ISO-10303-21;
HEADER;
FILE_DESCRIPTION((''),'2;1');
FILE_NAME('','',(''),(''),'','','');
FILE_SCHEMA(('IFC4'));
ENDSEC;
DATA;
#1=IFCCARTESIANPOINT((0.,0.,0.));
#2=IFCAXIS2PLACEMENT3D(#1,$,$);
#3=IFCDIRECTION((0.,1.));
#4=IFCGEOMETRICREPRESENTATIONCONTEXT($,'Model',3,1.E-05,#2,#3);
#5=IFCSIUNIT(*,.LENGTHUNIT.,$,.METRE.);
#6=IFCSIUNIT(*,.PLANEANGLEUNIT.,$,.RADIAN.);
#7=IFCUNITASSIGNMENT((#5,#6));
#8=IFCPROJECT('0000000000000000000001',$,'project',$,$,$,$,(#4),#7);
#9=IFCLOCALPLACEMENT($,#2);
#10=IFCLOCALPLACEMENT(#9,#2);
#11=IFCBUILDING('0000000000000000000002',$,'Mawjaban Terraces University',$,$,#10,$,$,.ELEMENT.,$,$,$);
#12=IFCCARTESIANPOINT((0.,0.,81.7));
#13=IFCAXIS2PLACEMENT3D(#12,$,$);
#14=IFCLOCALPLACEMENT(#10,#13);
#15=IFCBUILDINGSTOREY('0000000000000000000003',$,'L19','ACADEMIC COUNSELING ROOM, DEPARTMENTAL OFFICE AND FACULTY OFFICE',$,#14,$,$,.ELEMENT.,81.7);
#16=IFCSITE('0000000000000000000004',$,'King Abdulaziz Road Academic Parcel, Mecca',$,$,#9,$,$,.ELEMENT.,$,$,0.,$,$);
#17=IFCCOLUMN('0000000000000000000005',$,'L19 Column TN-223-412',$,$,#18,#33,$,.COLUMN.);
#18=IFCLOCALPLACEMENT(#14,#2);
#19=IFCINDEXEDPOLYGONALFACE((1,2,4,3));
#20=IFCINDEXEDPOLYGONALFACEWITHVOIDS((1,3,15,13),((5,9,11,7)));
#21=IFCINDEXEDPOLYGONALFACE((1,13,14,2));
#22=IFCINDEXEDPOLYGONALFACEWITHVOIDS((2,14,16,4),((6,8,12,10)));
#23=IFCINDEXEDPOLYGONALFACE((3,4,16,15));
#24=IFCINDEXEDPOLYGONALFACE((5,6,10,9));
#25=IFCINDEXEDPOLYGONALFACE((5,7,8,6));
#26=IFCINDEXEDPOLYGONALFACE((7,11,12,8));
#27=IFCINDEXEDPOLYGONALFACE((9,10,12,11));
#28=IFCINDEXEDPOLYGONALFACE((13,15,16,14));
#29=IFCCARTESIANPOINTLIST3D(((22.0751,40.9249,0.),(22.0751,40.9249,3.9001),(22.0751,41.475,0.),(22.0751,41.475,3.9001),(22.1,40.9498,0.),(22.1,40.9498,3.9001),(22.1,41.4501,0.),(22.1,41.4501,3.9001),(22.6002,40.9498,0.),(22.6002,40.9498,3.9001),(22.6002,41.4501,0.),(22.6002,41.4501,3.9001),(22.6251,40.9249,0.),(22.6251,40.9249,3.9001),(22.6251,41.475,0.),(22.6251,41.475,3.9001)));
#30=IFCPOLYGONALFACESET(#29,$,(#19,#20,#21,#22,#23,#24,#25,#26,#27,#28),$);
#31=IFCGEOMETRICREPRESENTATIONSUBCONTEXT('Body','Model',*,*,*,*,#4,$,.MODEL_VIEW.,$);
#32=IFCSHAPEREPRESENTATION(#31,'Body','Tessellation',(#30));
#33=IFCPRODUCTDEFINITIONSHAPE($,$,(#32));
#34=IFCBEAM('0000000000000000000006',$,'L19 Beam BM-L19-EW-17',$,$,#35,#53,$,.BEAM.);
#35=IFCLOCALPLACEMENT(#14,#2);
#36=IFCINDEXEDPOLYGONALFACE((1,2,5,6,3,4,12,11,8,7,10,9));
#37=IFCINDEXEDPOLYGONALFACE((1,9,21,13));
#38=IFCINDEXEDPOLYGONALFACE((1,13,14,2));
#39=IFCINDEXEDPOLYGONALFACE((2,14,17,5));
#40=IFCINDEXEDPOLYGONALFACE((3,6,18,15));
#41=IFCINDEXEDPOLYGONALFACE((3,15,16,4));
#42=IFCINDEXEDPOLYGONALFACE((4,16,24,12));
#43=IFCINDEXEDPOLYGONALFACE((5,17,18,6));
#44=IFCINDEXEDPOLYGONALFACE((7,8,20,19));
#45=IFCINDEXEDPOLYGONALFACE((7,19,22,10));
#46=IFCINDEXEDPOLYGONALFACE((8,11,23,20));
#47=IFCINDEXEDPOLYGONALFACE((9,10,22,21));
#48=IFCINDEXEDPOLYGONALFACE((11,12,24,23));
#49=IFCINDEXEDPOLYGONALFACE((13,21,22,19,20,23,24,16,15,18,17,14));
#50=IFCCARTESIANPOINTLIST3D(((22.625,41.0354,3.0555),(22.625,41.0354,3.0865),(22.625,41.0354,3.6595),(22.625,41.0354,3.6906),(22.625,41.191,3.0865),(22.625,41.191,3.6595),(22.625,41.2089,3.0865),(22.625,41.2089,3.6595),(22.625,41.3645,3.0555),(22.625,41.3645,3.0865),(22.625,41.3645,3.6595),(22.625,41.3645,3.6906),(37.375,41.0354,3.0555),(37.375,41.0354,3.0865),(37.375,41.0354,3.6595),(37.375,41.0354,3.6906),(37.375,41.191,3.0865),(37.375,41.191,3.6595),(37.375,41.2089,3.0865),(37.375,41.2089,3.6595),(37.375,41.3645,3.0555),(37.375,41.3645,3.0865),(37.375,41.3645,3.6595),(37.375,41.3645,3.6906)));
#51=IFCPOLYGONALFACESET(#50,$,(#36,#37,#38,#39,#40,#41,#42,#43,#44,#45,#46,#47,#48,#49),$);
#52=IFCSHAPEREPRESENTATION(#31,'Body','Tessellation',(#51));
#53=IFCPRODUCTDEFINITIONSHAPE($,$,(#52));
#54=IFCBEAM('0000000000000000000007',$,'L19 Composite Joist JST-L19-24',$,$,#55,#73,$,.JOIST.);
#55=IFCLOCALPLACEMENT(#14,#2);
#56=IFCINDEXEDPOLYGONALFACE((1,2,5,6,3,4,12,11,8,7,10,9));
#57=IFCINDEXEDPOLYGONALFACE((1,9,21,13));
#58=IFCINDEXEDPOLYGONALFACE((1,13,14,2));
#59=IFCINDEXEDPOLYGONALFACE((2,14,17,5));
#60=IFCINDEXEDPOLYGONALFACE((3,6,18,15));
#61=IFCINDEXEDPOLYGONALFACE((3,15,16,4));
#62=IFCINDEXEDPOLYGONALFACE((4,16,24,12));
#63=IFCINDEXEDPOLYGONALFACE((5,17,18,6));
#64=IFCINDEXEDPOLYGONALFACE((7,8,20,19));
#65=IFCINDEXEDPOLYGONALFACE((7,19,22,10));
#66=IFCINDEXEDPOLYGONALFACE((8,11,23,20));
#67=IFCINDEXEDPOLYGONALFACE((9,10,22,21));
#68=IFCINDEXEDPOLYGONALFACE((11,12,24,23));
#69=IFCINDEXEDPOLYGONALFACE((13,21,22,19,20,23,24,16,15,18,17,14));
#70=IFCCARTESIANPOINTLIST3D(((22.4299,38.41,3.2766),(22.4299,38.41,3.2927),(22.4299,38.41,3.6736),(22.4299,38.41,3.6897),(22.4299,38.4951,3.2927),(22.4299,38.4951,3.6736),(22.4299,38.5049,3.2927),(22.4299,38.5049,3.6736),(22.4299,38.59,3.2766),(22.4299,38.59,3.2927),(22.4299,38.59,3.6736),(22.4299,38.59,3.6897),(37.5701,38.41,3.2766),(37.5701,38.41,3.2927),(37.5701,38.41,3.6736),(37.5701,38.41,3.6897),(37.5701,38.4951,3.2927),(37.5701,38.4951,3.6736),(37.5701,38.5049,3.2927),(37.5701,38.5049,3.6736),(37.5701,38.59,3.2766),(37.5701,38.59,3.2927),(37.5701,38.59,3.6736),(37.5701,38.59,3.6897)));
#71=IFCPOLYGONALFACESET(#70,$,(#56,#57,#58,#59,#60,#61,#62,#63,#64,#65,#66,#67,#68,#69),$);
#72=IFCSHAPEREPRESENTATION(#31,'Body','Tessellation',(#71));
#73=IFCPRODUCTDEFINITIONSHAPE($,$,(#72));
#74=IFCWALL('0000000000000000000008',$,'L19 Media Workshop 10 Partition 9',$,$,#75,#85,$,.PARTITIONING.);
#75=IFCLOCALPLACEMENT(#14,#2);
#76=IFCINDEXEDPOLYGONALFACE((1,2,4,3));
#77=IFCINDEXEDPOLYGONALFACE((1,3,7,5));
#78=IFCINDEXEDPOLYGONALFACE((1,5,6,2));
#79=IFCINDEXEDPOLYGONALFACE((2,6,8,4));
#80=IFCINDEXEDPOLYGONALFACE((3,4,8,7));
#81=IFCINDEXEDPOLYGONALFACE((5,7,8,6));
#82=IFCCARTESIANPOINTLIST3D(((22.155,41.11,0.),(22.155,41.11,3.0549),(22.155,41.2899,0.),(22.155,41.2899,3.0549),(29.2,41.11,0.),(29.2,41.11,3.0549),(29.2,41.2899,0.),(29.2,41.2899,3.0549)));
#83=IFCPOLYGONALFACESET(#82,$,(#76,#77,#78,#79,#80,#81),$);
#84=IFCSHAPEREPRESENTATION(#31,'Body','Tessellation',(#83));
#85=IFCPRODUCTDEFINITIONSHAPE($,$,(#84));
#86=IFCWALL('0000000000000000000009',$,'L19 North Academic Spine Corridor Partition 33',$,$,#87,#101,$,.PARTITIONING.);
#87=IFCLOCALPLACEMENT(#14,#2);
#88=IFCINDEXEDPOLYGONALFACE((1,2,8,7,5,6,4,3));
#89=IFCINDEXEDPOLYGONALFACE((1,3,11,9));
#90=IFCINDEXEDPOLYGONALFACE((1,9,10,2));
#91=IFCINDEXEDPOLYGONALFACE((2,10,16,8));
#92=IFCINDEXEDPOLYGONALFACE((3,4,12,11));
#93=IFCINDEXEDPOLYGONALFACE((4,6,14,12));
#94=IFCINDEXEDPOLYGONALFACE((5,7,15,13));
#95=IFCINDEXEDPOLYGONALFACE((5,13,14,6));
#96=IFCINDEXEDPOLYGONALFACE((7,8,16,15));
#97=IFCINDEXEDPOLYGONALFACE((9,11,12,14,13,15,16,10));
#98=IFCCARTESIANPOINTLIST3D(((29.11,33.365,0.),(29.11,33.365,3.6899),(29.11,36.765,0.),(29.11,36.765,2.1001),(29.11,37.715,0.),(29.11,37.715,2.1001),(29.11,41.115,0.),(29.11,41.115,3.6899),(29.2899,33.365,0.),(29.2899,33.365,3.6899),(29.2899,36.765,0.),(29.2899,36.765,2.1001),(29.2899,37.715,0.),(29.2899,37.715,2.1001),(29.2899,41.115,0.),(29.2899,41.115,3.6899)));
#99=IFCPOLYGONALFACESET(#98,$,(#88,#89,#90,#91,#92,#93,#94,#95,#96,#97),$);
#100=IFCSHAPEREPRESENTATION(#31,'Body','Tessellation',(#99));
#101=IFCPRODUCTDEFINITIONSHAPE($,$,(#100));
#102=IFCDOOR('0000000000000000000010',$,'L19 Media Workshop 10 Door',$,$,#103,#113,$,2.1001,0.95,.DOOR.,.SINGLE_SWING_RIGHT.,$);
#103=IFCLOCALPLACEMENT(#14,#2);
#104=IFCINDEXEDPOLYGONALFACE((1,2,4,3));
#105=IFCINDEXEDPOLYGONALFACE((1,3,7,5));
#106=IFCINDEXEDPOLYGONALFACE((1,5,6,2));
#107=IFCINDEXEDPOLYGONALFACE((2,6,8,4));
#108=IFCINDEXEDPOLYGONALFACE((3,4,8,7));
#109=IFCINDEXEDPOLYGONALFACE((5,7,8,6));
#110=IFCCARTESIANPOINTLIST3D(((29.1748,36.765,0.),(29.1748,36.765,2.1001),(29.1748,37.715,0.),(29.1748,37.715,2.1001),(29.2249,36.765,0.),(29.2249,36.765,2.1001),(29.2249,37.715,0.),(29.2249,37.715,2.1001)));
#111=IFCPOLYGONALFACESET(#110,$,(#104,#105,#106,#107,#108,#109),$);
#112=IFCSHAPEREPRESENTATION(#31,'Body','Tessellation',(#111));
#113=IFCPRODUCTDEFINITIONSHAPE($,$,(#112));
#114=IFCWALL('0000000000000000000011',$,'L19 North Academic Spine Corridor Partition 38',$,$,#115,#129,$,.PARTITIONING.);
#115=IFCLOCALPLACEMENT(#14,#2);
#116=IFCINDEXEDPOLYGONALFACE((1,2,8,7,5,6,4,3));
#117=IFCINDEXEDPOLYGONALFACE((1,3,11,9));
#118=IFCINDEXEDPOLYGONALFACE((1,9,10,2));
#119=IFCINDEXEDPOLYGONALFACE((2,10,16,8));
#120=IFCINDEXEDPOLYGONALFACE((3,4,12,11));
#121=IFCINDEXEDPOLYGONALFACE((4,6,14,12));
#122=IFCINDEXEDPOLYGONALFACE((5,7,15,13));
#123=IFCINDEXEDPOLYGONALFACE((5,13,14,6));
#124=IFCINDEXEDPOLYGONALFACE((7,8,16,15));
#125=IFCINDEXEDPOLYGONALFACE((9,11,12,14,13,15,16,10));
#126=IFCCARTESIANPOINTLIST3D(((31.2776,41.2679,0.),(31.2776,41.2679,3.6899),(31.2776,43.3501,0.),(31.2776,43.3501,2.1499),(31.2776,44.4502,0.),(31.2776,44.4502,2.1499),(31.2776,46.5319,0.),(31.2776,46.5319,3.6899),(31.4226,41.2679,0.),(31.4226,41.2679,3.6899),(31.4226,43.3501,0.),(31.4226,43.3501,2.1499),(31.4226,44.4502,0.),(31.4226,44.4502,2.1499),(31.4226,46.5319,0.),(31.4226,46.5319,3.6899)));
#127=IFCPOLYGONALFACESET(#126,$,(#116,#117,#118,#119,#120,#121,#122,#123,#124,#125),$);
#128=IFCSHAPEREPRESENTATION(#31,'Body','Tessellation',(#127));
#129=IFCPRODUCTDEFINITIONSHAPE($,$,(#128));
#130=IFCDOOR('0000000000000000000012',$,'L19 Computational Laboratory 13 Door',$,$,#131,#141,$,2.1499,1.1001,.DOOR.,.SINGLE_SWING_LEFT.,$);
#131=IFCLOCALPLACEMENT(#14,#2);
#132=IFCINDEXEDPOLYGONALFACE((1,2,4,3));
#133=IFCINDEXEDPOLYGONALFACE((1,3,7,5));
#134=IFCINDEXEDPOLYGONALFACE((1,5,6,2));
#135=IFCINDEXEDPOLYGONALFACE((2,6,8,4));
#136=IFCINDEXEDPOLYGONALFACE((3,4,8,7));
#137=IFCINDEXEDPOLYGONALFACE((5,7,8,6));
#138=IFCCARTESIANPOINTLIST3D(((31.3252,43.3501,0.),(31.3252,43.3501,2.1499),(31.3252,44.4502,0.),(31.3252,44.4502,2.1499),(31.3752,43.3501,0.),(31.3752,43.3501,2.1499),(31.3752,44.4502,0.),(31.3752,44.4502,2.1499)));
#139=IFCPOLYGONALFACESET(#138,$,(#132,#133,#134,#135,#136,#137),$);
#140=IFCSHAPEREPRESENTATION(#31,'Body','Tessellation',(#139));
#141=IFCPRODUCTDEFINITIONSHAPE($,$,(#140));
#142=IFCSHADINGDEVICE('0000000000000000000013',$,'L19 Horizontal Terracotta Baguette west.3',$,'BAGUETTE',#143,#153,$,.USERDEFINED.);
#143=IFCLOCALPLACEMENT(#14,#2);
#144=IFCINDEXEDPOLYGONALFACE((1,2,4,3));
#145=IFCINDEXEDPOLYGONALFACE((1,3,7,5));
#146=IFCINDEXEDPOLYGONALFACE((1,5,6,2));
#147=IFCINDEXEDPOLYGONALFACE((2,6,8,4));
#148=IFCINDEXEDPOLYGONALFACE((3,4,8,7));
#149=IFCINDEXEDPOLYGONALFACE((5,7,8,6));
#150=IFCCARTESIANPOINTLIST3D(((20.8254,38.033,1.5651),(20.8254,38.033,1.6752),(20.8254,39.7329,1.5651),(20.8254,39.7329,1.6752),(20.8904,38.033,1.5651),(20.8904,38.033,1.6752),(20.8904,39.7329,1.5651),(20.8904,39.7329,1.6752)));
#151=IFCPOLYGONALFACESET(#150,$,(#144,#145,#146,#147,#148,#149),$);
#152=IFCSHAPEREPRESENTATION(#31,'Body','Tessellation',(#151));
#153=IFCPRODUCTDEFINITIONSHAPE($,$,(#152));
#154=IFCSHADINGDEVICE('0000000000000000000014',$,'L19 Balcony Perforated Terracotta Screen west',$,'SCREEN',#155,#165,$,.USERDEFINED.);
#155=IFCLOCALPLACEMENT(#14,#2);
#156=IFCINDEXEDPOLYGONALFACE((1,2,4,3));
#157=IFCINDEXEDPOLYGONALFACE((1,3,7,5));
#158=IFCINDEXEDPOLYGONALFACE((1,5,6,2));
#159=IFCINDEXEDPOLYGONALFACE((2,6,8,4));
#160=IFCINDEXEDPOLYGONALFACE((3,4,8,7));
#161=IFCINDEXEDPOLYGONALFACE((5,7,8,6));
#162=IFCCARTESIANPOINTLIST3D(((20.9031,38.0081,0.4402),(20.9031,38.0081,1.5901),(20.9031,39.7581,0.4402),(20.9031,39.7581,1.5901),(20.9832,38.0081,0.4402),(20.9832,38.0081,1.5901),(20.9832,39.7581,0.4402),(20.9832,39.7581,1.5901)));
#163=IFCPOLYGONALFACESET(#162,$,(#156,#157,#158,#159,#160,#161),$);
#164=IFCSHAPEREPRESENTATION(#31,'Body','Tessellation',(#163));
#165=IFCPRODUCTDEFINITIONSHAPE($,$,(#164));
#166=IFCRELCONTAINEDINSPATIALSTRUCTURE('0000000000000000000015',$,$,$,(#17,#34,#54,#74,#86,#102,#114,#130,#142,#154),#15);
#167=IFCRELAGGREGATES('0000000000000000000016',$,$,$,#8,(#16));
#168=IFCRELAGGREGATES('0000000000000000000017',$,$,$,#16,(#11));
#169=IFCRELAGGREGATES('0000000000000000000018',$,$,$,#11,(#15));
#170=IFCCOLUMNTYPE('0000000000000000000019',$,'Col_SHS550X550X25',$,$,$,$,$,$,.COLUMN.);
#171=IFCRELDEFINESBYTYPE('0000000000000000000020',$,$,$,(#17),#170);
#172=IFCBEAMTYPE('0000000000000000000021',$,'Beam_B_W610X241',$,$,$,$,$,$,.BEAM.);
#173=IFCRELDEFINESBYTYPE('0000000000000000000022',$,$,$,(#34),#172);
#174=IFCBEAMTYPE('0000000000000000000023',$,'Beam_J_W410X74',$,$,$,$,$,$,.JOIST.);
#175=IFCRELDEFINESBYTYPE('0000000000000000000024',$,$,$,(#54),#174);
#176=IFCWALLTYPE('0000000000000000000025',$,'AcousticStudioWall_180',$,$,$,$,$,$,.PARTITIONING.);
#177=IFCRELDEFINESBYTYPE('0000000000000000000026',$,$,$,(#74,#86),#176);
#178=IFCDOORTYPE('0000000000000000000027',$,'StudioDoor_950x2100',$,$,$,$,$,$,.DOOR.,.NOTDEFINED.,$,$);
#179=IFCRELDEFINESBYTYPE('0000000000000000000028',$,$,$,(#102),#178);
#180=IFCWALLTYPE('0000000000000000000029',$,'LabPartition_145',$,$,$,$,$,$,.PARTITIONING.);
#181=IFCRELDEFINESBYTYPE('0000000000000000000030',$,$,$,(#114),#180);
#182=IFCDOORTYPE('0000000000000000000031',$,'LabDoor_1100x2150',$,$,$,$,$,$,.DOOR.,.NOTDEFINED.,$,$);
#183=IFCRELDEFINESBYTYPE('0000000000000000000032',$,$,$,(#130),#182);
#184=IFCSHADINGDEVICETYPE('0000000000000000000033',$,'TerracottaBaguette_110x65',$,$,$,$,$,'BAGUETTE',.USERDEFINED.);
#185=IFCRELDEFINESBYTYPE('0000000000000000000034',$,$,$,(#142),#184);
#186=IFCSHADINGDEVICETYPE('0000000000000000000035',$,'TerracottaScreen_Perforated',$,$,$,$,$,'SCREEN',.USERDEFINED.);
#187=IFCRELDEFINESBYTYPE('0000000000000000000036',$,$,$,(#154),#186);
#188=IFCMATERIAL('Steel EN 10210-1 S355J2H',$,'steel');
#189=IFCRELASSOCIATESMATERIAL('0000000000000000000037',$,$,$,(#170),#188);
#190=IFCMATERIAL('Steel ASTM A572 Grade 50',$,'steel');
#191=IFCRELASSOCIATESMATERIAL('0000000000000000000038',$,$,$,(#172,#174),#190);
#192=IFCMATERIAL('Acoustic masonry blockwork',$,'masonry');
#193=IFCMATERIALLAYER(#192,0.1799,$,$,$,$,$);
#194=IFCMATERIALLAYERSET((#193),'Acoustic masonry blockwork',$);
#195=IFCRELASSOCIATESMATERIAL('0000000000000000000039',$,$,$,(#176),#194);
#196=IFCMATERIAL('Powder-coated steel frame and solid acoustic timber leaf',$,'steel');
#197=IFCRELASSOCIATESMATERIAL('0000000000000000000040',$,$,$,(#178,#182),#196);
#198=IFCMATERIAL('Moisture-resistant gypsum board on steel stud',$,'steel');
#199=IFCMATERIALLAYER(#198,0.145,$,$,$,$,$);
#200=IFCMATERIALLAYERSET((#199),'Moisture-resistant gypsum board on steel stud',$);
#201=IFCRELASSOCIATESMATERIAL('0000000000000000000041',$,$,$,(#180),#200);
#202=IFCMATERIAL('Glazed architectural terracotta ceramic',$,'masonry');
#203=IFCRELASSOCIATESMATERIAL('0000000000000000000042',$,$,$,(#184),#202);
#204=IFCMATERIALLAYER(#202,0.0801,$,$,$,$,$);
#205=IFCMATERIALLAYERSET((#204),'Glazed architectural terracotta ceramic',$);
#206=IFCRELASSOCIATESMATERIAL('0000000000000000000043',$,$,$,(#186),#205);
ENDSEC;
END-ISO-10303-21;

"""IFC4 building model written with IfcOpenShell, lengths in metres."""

from ifc_helpers import new_model, si_unit, direction, frame, frame_2d, origin, origin_2d, place, context, subcontext, project, spatial, rectangle, hollow_rectangle, i_section, extrude, material, layer, layer_set, material_profile, profile_set, type_object, element, fill, save


model = new_model("IFC4")

# Units and contexts
model_context = context("Model", 3, precision=1e-05, world=origin(), true_north=direction((0.0, 1.0)))
body_context = subcontext(model_context, "Body", "Model", "MODEL_VIEW")
ifc_project = project(units=[si_unit("LENGTHUNIT", "METRE"), si_unit("PLANEANGLEUNIT", "RADIAN")], contexts=[model_context])

# Site, building, storey
site_placement = place(None, origin())
site = spatial("IfcSite", under=ifc_project, at=site_placement, Name="King Abdulaziz Road Academic Parcel, Mecca", CompositionType="ELEMENT", RefElevation=0.0)
building_placement = place(site_placement, origin())
building = spatial("IfcBuilding", under=site, at=building_placement, Name="Mawjaban Terraces University", CompositionType="ELEMENT")
storey_placement = place(building_placement, frame((0.0, 0.0, 81.7)))
storey = spatial("IfcBuildingStorey", under=building, at=storey_placement, Name="L19", Description="ACADEMIC COUNSELING ROOM, DEPARTMENTAL OFFICE AND FACULTY OFFICE", CompositionType="ELEMENT", Elevation=81.7)

# Column
ifc_material_1 = material(Name="Steel EN 10210-1 S355J2H", Category="steel")
ifc_material_profile_1 = material_profile(ifc_material_1, hollow_rectangle(XDim=0.55, YDim=0.55, WallThickness=0.0249, at=origin_2d()), Name="SHS550X550X25")
ifc_profile_set_1 = profile_set([ifc_material_profile_1], Name="Steel EN 10210-1 S355J2H")
column_type = type_object("IfcColumnType", Name="Col_SHS550X550X25", PredefinedType="COLUMN", material=ifc_profile_set_1)
column_placement = place(storey_placement, frame((22.3501, 41.2, 0.0), z_axis=(0.0, 0.0, 1.0), x_axis=(1.0, 0.0, 0.0)))
element("IfcColumn", 1, at=column_placement, inside=storey, type_object=column_type, Name="L19 Column TN-223-412", PredefinedType="COLUMN", context=body_context, shape_type="SweptSolid", body=[
    extrude(hollow_rectangle(XDim=0.55, YDim=0.55, WallThickness=0.0249, at=origin_2d()), origin(), (0.0, 0.0, 1.0), 3.9001),
])

# Beams
ifc_material_2 = material(Name="Steel ASTM A572 Grade 50", Category="steel")
ifc_material_profile_2 = material_profile(ifc_material_2, i_section(OverallWidth=0.3291, OverallDepth=0.635, WebThickness=0.0178, FlangeThickness=0.031, at=origin_2d()), Name="W610X241")
ifc_profile_set_2 = profile_set([ifc_material_profile_2], Name="Steel ASTM A572 Grade 50")
beam_type_1 = type_object("IfcBeamType", Name="Beam_B_W610X241", PredefinedType="BEAM", material=ifc_profile_set_2)
beam_1_placement = place(storey_placement, frame((22.625, 41.2, 3.373), z_axis=(1.0, 0.0, 0.0), x_axis=(0.0, 1.0, 0.0)))
element("IfcBeam", 2, at=beam_1_placement, inside=storey, type_object=beam_type_1, Name="L19 Beam BM-L19-EW-17", PredefinedType="BEAM", context=body_context, shape_type="SweptSolid", body=[
    extrude(i_section(OverallWidth=0.3291, OverallDepth=0.635, WebThickness=0.0178, FlangeThickness=0.031, at=origin_2d()), origin(), (0.0, 0.0, 1.0), 14.75),
])
ifc_material_profile_3 = material_profile(ifc_material_2, i_section(OverallWidth=0.1799, OverallDepth=0.4131, WebThickness=0.0098, FlangeThickness=0.0161, at=origin_2d()), Name="W410X74")
ifc_profile_set_3 = profile_set([ifc_material_profile_3], Name="Steel ASTM A572 Grade 50")
beam_type_2 = type_object("IfcBeamType", Name="Beam_J_W410X74", PredefinedType="JOIST", material=ifc_profile_set_3)
beam_2_placement = place(storey_placement, frame((22.4299, 38.5, 3.4832), z_axis=(1.0, 0.0, 0.0), x_axis=(0.0, 1.0, 0.0)))
element("IfcBeam", 3, at=beam_2_placement, inside=storey, type_object=beam_type_2, Name="L19 Composite Joist JST-L19-24", PredefinedType="JOIST", context=body_context, shape_type="SweptSolid", body=[
    extrude(i_section(OverallWidth=0.1799, OverallDepth=0.4131, WebThickness=0.0098, FlangeThickness=0.0161, at=origin_2d()), origin(), (0.0, 0.0, 1.0), 15.1401),
])

# Wall
ifc_material_3 = material(Name="Acoustic masonry blockwork", Category="masonry")
ifc_layer_1 = layer(ifc_material_3, 0.1799)
ifc_layer_set_1 = layer_set([ifc_layer_1], Name="Acoustic masonry blockwork")
wall_type_1 = type_object("IfcWallType", Name="AcousticStudioWall_180", PredefinedType="PARTITIONING", material=ifc_layer_set_1)
wall_1_placement = place(storey_placement, frame((29.2, 41.2, 0.0), z_axis=(0.0, 0.0, 1.0), x_axis=(-1.0, 0.0, 0.0)))
element("IfcWall", 4, at=wall_1_placement, inside=storey, type_object=wall_type_1, Name="L19 Media Workshop 10 Partition 9", PredefinedType="PARTITIONING", context=body_context, shape_type="SweptSolid", body=[
    extrude(rectangle(XDim=7.0449, YDim=0.1799, at=frame_2d((3.5225, 0.0))), origin(), (0.0, 0.0, 1.0), 3.0549),
])

# Walls, openings, doors
wall_2_placement = place(storey_placement, frame((29.2, 41.115, 0.0), z_axis=(0.0, 0.0, 1.0), x_axis=(0.0, -1.0, 0.0)))
wall_2 = element("IfcWall", 5, at=wall_2_placement, inside=storey, type_object=wall_type_1, Name="L19 North Academic Spine Corridor Partition 33", PredefinedType="PARTITIONING", context=body_context, shape_type="SweptSolid", body=[
    extrude(rectangle(XDim=7.75, YDim=0.1799, at=frame_2d((3.875, 0.0))), origin(), (0.0, 0.0, 1.0), 3.6899),
])
opening_1_placement = place(wall_2_placement, frame((3.3999, 0.0, 0.0)))
opening_1 = element("IfcOpeningElement", 6, at=opening_1_placement, cuts=wall_2, PredefinedType="OPENING", context=body_context, shape_type="SweptSolid", body=[
    extrude(rectangle(XDim=0.95, YDim=2.1001, at=frame_2d((0.4751, 1.05))), frame((0.0, 0.0999, 0.0), z_axis=(0.0, -1.0, 0.0), x_axis=(1.0, 0.0, 0.0)), (0.0, 0.0, 1.0), 0.2),
])
ifc_material_4 = material(Name="Powder-coated steel frame and solid acoustic timber leaf", Category="steel")
door_type_1 = type_object("IfcDoorType", Name="StudioDoor_950x2100", OperationType="NOTDEFINED", PredefinedType="DOOR", material=ifc_material_4)
door_1_placement = place(opening_1_placement, origin())
door_1 = element("IfcDoor", 7, at=door_1_placement, inside=storey, type_object=door_type_1, Name="L19 Media Workshop 10 Door", OperationType="SINGLE_SWING_RIGHT", OverallHeight=2.1001, OverallWidth=0.95, PredefinedType="DOOR", context=body_context, shape_type="SweptSolid", body=[
    extrude(rectangle(XDim=0.95, YDim=2.1001, at=frame_2d((0.4751, 1.05))), frame((0.0, 0.0249, 0.0), z_axis=(0.0, -1.0, 0.0), x_axis=(1.0, 0.0, 0.0)), (0.0, 0.0, 1.0), 0.05),
])
fill(opening_1, door_1)
ifc_material_5 = material(Name="Moisture-resistant gypsum board on steel stud", Category="steel")
ifc_layer_2 = layer(ifc_material_5, 0.145)
ifc_layer_set_2 = layer_set([ifc_layer_2], Name="Moisture-resistant gypsum board on steel stud")
wall_type_2 = type_object("IfcWallType", Name="LabPartition_145", PredefinedType="PARTITIONING", material=ifc_layer_set_2)
wall_3_placement = place(storey_placement, frame((31.3501, 41.2681, 0.0), z_axis=(0.0, 0.0, 1.0), x_axis=(0.0, 1.0, 0.0)))
wall_3 = element("IfcWall", 8, at=wall_3_placement, inside=storey, type_object=wall_type_2, Name="L19 North Academic Spine Corridor Partition 38", PredefinedType="PARTITIONING", context=body_context, shape_type="SweptSolid", body=[
    extrude(rectangle(XDim=5.2639, YDim=0.145, at=frame_2d((2.6318, 0.0))), origin(), (0.0, 0.0, 1.0), 3.6899),
])
opening_2_placement = place(wall_3_placement, frame((2.082, 0.0, 0.0)))
opening_2 = element("IfcOpeningElement", 9, at=opening_2_placement, cuts=wall_3, PredefinedType="OPENING", context=body_context, shape_type="SweptSolid", body=[
    extrude(rectangle(XDim=1.1001, YDim=2.1499, at=frame_2d((0.55, 1.075))), frame((0.0, 0.0825, 0.0), z_axis=(0.0, -1.0, 0.0), x_axis=(1.0, 0.0, 0.0)), (0.0, 0.0, 1.0), 0.165),
])
door_type_2 = type_object("IfcDoorType", Name="LabDoor_1100x2150", OperationType="NOTDEFINED", PredefinedType="DOOR", material=ifc_material_4)
door_2_placement = place(opening_2_placement, origin())
door_2 = element("IfcDoor", 10, at=door_2_placement, inside=storey, type_object=door_type_2, Name="L19 Computational Laboratory 13 Door", OperationType="SINGLE_SWING_LEFT", OverallHeight=2.1499, OverallWidth=1.1001, PredefinedType="DOOR", context=body_context, shape_type="SweptSolid", body=[
    extrude(rectangle(XDim=1.1001, YDim=2.1499, at=frame_2d((0.55, 1.075))), frame((0.0, 0.0249, 0.0), z_axis=(0.0, -1.0, 0.0), x_axis=(1.0, 0.0, 0.0)), (0.0, 0.0, 1.0), 0.05),
])
fill(opening_2, door_2)

# Shading devices
ifc_material_6 = material(Name="Glazed architectural terracotta ceramic", Category="masonry")
ifc_material_profile_4 = material_profile(ifc_material_6, rectangle(XDim=0.0649, YDim=0.1101, at=origin_2d()), Name="TBAG110X65")
ifc_profile_set_4 = profile_set([ifc_material_profile_4], Name="Glazed architectural terracotta ceramic")
shading_device_type_1 = type_object("IfcShadingDeviceType", Name="TerracottaBaguette_110x65", ElementType="BAGUETTE", PredefinedType="USERDEFINED", material=ifc_profile_set_4)
shading_device_1_placement = place(storey_placement, frame((20.8579, 38.033, 1.6201), z_axis=(0.0, 1.0, 0.0), x_axis=(-1.0, 0.0, 0.0)))
element("IfcShadingDevice", 11, at=shading_device_1_placement, inside=storey, type_object=shading_device_type_1, Name="L19 Horizontal Terracotta Baguette west.3", ObjectType="BAGUETTE", PredefinedType="USERDEFINED", context=body_context, shape_type="SweptSolid", body=[
    extrude(rectangle(XDim=0.0649, YDim=0.1101, at=origin_2d()), origin(), (0.0, 0.0, 1.0), 1.7),
])
ifc_layer_3 = layer(ifc_material_6, 0.0801)
ifc_layer_set_3 = layer_set([ifc_layer_3], Name="Glazed architectural terracotta ceramic")
shading_device_type_2 = type_object("IfcShadingDeviceType", Name="TerracottaScreen_Perforated", ElementType="SCREEN", PredefinedType="USERDEFINED", material=ifc_layer_set_3)
shading_device_2_placement = place(storey_placement, frame((20.9431, 38.8831, 0.4402), z_axis=(0.0, 0.0, 1.0), x_axis=(0.0, 1.0, 0.0)))
element("IfcShadingDevice", 12, at=shading_device_2_placement, inside=storey, type_object=shading_device_type_2, Name="L19 Balcony Perforated Terracotta Screen west", ObjectType="SCREEN", PredefinedType="USERDEFINED", context=body_context, shape_type="SweptSolid", body=[
    extrude(rectangle(XDim=1.75, YDim=0.0801, at=origin_2d()), origin(), (0.0, 0.0, 1.0), 1.1499),
])

save(model, "model.ifc")
